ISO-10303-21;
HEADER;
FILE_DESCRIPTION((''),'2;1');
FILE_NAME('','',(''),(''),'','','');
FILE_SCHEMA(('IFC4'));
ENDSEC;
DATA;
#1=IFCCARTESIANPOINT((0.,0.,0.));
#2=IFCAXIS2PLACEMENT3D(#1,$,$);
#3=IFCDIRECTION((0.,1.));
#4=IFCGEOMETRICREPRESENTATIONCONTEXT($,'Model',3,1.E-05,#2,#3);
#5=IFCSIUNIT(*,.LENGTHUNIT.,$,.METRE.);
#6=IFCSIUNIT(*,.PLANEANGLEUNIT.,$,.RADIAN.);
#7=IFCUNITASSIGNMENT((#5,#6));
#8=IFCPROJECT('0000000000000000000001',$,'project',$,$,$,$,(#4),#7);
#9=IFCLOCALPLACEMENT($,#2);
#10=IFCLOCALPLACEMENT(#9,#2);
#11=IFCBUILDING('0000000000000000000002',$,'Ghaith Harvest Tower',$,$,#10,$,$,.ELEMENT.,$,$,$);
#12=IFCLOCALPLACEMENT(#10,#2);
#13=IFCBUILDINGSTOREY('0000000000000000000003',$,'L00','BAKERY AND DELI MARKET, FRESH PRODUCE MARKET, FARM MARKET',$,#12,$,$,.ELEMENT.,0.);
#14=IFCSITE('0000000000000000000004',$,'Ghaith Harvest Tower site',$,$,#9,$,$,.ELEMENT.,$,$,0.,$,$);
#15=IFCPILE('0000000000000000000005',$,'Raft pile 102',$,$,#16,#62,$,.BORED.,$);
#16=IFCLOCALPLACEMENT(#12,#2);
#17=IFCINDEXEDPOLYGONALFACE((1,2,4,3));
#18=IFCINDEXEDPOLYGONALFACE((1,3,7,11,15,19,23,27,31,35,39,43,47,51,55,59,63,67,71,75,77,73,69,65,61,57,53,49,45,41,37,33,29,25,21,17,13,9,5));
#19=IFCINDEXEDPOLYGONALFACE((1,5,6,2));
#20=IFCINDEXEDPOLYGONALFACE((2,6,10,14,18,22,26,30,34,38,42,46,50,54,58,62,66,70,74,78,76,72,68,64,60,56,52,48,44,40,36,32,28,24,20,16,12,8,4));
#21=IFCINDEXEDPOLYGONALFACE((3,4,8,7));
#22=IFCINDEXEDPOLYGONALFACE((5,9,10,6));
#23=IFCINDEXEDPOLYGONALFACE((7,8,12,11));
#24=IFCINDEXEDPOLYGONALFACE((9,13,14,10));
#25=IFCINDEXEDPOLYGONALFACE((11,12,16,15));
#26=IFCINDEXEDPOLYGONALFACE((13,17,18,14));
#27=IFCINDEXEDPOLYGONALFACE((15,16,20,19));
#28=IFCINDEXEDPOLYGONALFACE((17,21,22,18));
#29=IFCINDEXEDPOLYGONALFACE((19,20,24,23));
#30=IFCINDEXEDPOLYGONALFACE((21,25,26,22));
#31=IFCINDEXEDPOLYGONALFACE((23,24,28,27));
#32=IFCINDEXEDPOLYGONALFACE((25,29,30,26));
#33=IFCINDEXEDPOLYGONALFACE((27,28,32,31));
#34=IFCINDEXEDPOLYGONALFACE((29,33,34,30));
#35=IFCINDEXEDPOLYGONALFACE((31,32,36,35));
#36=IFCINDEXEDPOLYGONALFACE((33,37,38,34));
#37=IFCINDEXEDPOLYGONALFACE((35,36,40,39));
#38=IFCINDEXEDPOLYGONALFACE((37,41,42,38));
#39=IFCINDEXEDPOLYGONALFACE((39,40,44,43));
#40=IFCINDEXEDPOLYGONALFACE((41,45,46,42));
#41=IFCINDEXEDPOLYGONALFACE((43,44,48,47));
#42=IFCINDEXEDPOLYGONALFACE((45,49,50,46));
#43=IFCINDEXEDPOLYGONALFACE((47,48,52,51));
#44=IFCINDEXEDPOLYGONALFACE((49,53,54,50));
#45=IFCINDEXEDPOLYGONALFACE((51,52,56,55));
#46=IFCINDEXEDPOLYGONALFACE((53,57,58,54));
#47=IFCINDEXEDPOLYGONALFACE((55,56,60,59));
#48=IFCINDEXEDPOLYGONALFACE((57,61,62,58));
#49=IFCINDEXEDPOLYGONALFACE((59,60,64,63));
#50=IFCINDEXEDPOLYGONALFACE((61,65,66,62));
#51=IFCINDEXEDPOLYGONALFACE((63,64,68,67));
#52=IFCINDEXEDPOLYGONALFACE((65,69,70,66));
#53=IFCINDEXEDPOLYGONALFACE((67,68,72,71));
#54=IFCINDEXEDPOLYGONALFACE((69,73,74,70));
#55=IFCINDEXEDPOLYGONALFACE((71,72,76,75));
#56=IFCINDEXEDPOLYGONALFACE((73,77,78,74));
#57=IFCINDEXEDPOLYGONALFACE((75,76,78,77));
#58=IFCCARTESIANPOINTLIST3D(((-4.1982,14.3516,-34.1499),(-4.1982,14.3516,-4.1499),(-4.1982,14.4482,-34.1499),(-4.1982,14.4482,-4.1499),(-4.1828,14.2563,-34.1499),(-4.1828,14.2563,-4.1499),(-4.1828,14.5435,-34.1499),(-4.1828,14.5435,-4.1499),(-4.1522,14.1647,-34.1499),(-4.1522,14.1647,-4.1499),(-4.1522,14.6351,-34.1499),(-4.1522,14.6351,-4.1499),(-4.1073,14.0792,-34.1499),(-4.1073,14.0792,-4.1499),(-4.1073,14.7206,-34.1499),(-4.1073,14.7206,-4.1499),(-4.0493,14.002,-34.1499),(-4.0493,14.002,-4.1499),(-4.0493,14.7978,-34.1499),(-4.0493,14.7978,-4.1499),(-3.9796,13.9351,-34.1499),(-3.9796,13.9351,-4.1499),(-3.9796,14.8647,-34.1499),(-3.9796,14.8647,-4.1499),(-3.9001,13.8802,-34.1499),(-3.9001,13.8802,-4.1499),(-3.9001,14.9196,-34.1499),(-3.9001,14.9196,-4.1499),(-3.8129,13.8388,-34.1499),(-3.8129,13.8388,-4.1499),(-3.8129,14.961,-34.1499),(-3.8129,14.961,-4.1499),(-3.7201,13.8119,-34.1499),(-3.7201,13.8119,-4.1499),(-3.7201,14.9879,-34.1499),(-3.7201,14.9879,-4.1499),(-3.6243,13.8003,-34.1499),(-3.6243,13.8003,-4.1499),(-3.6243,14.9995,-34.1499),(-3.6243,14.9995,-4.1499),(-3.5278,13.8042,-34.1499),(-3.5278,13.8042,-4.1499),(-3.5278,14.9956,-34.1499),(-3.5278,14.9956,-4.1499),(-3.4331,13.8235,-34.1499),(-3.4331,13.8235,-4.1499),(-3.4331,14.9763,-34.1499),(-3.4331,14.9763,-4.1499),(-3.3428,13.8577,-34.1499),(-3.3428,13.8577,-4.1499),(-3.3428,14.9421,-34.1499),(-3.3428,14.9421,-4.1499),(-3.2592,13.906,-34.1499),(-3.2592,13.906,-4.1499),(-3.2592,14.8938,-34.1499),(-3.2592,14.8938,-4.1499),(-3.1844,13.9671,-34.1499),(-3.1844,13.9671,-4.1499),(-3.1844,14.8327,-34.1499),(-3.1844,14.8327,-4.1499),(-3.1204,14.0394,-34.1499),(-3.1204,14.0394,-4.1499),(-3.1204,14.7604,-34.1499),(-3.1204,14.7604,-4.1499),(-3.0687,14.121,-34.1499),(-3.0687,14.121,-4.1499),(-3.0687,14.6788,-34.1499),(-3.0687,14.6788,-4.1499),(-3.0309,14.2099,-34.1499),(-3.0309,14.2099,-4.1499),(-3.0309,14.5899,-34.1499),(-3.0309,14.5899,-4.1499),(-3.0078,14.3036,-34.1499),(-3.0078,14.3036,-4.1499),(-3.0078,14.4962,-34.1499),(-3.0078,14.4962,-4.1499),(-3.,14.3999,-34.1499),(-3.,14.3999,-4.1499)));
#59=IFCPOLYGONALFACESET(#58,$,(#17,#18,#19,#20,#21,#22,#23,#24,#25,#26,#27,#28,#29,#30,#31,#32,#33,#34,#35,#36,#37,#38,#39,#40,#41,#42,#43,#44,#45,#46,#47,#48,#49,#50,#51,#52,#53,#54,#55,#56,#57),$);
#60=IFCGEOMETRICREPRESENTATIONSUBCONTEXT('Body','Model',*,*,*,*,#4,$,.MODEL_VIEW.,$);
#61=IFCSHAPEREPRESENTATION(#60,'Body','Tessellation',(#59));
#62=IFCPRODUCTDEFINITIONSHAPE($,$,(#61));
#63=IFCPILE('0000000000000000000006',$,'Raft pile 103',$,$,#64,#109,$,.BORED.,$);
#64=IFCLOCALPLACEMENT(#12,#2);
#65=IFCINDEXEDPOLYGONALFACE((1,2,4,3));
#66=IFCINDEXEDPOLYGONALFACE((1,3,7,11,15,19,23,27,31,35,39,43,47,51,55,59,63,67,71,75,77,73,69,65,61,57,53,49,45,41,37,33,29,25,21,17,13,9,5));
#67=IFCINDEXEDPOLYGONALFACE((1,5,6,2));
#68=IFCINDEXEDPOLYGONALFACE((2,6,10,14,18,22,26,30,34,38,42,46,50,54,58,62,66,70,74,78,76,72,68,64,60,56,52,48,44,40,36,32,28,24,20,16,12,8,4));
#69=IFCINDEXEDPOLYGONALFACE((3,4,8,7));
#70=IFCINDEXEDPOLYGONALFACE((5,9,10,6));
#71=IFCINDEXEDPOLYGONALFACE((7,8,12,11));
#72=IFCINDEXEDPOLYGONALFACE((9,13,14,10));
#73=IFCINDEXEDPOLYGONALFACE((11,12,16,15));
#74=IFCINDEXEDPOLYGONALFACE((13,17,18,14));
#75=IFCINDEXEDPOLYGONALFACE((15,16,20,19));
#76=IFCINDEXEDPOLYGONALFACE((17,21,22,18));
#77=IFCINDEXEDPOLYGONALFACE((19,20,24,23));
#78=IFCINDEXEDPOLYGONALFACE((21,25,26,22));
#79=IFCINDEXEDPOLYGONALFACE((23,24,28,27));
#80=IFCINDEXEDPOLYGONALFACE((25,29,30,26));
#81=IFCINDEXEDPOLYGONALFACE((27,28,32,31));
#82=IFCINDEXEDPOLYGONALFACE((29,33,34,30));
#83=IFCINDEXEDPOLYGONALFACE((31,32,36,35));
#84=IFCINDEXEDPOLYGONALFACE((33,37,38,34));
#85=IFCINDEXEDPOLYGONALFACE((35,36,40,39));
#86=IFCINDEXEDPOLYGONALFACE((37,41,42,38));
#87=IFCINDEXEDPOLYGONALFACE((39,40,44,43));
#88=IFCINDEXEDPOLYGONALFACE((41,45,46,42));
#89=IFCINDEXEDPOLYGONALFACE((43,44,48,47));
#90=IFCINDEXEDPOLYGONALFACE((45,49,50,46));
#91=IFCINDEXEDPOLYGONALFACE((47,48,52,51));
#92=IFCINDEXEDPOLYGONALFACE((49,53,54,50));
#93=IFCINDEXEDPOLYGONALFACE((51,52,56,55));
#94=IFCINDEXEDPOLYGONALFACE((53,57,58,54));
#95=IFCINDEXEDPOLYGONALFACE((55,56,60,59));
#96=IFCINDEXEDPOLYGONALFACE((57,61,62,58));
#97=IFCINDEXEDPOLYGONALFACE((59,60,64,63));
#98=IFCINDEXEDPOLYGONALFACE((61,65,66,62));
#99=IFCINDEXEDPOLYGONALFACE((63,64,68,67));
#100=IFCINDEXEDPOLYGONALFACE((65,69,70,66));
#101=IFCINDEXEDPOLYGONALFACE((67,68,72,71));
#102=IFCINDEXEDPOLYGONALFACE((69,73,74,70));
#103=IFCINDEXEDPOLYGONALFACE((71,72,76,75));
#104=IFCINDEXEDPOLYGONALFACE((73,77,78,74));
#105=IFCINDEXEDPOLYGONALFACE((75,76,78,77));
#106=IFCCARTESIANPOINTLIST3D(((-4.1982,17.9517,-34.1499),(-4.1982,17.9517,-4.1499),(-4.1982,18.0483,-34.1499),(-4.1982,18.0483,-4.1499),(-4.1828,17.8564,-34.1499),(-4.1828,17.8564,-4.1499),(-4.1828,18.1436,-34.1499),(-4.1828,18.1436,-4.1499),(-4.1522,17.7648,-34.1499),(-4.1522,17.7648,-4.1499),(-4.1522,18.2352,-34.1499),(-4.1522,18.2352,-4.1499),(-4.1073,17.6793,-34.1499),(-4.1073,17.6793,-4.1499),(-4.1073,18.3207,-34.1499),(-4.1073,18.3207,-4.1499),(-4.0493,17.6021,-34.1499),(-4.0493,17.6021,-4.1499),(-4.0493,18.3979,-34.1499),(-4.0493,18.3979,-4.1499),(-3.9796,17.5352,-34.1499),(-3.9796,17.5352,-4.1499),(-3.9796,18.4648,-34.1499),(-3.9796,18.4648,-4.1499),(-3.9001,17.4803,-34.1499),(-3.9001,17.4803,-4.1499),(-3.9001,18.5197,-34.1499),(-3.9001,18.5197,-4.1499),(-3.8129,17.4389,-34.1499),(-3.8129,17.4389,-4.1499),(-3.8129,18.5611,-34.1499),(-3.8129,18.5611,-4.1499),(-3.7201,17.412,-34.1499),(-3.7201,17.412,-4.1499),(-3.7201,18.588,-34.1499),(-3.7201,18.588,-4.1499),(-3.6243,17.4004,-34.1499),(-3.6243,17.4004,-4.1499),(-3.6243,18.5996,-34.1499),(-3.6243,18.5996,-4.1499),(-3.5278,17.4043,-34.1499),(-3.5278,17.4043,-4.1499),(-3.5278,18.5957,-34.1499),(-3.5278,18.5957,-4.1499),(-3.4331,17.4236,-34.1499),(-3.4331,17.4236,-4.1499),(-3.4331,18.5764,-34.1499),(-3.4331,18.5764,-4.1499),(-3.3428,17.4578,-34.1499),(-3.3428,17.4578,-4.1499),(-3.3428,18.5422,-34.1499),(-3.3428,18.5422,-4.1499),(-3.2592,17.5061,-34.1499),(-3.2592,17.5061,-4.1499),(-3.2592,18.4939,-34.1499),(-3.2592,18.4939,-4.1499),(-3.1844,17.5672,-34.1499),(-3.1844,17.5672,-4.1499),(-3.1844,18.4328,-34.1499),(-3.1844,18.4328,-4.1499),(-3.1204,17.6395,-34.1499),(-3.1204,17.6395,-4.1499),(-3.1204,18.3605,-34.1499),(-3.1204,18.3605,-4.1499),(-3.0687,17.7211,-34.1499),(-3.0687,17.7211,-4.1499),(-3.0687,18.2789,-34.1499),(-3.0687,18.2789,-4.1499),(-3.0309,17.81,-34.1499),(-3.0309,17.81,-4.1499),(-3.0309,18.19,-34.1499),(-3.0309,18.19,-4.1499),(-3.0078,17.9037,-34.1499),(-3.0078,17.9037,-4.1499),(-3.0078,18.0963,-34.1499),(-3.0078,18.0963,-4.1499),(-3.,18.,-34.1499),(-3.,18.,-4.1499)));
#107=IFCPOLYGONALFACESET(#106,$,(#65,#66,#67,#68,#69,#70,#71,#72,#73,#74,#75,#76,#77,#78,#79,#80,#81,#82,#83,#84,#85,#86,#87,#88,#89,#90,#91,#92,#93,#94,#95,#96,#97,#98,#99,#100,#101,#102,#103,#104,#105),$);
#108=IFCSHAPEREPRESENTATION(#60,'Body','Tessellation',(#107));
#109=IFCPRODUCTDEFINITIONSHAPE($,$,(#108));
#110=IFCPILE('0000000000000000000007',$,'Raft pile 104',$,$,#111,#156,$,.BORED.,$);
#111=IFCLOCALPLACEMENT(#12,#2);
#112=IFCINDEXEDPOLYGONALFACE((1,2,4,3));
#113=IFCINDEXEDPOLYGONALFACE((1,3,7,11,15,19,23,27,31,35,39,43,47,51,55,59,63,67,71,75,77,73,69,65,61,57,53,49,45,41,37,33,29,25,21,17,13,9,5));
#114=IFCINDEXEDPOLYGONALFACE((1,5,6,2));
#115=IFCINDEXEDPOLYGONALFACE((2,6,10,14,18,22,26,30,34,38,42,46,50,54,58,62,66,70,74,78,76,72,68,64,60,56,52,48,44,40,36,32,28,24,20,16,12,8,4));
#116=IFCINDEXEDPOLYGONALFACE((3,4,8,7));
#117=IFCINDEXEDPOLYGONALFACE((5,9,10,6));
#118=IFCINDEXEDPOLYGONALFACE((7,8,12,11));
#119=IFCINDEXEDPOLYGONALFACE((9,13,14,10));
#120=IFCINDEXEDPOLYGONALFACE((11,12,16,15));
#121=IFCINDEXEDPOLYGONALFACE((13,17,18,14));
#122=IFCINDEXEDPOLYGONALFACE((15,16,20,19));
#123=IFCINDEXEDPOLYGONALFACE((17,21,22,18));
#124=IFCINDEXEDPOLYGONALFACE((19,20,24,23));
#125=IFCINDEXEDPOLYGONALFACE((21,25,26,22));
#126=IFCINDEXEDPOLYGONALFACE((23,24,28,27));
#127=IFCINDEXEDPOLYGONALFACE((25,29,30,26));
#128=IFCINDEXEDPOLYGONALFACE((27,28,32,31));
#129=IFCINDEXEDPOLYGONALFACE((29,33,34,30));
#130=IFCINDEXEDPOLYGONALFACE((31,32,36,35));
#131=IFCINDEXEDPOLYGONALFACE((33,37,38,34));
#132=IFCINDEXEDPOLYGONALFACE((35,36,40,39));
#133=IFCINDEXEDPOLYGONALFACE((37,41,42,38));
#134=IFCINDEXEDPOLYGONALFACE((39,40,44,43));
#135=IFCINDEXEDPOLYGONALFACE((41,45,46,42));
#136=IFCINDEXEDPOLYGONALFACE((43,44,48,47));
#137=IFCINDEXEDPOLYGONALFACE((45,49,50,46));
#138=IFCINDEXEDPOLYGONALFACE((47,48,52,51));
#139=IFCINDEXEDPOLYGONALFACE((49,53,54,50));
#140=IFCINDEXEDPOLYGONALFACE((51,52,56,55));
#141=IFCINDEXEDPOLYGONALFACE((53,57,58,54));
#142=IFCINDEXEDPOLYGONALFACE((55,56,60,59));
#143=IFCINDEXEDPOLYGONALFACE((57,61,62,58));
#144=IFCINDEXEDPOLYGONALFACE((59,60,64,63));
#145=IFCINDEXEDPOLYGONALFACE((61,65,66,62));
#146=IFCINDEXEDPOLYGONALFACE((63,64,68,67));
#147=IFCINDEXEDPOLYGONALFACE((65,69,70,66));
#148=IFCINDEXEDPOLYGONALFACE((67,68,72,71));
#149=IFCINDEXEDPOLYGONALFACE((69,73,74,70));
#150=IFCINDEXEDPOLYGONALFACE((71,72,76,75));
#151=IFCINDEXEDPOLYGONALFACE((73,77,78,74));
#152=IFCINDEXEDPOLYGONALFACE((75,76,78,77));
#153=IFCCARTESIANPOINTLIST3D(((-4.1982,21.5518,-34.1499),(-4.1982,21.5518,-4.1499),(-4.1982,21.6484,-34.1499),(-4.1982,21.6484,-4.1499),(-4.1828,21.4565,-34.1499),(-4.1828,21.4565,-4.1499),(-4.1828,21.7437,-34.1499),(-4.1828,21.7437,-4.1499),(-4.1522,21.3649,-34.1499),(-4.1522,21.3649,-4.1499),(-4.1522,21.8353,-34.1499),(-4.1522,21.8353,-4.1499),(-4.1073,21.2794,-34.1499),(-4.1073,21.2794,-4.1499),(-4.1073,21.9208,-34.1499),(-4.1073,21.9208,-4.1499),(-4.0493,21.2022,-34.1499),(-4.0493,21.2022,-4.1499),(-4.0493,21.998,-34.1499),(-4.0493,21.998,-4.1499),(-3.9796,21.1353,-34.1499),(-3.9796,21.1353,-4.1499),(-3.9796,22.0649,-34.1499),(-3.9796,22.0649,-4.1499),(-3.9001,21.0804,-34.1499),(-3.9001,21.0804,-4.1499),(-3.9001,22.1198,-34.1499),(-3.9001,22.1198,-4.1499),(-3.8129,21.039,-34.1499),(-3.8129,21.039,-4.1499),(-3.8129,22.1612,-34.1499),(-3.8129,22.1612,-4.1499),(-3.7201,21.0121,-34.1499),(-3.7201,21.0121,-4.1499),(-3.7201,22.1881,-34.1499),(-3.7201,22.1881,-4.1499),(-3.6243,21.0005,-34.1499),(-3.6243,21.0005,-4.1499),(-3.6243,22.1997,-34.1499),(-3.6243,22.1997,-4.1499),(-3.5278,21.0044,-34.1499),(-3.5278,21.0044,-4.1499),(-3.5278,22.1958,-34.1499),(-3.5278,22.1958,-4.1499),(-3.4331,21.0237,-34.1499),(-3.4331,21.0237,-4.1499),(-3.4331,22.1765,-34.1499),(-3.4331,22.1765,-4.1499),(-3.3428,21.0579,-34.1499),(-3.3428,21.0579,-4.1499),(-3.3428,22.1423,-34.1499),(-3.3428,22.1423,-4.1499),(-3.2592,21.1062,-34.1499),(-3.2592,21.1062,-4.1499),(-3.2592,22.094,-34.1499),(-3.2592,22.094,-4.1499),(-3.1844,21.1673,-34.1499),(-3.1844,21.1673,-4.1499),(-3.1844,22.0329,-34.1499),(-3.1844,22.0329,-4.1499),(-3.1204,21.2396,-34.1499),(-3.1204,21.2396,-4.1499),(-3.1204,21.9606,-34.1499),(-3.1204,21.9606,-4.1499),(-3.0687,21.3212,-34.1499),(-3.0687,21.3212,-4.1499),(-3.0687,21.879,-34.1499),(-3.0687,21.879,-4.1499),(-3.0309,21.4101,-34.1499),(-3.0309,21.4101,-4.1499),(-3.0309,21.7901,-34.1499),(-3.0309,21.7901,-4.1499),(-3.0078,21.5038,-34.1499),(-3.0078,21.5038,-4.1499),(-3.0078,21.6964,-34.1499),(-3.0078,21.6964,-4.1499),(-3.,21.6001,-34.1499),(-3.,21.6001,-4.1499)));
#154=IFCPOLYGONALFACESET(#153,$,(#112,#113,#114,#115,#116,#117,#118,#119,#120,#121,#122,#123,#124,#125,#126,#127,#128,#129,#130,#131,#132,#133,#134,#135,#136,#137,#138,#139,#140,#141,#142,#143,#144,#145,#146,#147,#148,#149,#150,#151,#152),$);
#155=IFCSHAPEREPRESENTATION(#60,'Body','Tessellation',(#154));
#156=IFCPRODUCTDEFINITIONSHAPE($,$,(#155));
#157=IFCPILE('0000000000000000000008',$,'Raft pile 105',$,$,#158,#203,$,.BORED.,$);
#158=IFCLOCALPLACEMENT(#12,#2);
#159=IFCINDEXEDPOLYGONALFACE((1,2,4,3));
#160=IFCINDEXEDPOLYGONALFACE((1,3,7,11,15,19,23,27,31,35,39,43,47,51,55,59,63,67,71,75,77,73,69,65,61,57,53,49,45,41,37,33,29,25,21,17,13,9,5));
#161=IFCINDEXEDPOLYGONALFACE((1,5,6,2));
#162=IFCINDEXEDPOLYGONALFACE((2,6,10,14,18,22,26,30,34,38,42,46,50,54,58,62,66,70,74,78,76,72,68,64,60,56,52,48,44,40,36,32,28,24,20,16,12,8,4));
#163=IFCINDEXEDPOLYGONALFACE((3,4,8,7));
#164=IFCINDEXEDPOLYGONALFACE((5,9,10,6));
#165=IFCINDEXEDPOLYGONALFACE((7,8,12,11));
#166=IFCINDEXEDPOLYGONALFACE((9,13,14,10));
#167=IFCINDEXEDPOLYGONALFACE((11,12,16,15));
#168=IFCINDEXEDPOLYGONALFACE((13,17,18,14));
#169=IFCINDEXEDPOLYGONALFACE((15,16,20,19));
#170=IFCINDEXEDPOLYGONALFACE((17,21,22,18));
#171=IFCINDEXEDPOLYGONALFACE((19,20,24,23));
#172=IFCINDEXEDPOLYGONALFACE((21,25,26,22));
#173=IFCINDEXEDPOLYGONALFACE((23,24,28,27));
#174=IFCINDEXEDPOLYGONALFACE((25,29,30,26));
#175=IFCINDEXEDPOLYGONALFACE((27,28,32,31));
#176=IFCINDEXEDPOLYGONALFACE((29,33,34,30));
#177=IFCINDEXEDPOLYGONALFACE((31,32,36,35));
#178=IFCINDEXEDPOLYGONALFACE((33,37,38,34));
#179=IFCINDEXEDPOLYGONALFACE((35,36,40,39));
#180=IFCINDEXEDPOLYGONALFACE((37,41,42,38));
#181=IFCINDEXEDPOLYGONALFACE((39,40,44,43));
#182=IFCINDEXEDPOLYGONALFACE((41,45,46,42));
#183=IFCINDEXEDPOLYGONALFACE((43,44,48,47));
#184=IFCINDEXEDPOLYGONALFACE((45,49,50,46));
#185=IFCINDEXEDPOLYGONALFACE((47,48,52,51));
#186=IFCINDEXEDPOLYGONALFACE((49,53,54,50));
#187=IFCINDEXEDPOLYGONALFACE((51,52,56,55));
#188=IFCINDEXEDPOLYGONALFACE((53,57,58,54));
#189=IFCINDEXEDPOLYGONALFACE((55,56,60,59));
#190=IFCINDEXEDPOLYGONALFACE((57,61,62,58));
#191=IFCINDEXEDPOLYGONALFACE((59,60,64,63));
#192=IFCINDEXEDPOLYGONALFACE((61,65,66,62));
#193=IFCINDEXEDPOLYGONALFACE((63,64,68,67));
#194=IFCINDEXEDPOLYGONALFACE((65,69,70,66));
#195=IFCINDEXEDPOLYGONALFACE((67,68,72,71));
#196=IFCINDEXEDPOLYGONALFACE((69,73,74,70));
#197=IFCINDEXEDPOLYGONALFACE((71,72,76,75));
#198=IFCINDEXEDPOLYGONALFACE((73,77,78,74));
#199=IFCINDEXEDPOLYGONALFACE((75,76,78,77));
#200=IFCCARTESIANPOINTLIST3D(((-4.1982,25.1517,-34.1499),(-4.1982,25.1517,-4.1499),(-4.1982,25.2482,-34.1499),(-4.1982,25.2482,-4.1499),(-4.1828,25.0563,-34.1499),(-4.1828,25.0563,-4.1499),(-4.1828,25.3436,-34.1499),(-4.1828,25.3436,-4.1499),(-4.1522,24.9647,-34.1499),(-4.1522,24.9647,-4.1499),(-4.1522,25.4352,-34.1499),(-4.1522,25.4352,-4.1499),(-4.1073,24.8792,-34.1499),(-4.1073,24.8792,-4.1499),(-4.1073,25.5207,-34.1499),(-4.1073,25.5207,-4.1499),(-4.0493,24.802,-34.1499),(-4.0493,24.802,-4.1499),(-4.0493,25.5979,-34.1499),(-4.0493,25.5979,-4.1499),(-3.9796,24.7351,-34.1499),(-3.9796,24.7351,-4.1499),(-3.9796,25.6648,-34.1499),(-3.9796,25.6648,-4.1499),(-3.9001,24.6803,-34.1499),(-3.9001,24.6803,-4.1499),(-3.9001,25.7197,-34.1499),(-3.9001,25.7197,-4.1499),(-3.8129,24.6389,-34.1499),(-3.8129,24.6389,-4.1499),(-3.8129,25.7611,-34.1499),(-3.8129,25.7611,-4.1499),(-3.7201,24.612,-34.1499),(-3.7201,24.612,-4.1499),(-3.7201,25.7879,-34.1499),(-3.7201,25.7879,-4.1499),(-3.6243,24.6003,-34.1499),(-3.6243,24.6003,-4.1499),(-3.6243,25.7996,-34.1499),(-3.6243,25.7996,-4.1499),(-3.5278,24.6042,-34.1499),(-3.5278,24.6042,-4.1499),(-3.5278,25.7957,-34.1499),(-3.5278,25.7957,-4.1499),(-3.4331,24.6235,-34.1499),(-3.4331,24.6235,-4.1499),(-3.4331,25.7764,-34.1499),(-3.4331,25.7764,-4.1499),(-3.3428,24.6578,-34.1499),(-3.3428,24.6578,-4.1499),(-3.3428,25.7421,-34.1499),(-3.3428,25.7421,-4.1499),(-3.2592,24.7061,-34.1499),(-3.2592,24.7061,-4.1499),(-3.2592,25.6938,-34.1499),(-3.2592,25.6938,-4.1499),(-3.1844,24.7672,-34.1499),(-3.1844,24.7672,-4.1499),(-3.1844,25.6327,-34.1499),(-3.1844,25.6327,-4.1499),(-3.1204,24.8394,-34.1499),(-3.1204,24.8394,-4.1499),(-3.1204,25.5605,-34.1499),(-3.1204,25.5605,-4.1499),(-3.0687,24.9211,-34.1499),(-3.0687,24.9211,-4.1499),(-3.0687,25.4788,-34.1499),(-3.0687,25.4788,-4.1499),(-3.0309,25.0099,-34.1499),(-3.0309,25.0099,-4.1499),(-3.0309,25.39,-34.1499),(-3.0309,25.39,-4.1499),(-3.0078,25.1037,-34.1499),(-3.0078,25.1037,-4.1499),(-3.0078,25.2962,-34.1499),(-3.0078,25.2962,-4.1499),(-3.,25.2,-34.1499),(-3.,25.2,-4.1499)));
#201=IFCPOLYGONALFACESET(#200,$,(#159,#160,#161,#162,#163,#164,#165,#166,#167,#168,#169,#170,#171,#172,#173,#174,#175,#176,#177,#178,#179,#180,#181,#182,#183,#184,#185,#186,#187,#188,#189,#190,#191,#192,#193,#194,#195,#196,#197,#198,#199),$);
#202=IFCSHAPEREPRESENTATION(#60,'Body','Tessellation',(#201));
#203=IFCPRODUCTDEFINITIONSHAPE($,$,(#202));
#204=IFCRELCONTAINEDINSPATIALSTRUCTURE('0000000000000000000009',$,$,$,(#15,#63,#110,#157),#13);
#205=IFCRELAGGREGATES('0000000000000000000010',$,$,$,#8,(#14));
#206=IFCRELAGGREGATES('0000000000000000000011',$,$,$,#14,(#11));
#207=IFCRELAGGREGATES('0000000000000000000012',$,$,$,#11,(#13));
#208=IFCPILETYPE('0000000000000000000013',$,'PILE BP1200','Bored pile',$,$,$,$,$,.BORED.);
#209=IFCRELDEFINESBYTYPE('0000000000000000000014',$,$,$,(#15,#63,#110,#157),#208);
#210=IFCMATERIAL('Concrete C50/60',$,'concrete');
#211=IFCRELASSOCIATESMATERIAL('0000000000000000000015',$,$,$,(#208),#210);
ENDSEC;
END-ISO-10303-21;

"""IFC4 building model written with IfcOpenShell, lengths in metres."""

from ifc_helpers import new_model, si_unit, direction, frame, origin, origin_2d, place, context, subcontext, project, spatial, circle, extrude, material, material_profile, profile_set, type_object, element, save


model = new_model("IFC4")

# Units and contexts
model_context = context("Model", 3, precision=1e-05, world=origin(), true_north=direction((0.0, 1.0)))
body_context = subcontext(model_context, "Body", "Model", "MODEL_VIEW")
ifc_project = project(units=[si_unit("LENGTHUNIT", "METRE"), si_unit("PLANEANGLEUNIT", "RADIAN")], contexts=[model_context])

# Site, building, storey
site_placement = place(None, origin())
site = spatial("IfcSite", under=ifc_project, at=site_placement, Name="Ghaith Harvest Tower site", CompositionType="ELEMENT", RefElevation=0.0)
building_placement = place(site_placement, origin())
building = spatial("IfcBuilding", under=site, at=building_placement, Name="Ghaith Harvest Tower", CompositionType="ELEMENT")
storey_placement = place(building_placement, origin())
storey = spatial("IfcBuildingStorey", under=building, at=storey_placement, Name="L00", Description="BAKERY AND DELI MARKET, FRESH PRODUCE MARKET, FARM MARKET", CompositionType="ELEMENT", Elevation=0.0)

# Piles
ifc_material_1 = material(Name="Concrete C50/60", Category="concrete")
ifc_material_profile_1 = material_profile(ifc_material_1, circle(Radius=0.6001, at=origin_2d()), Name="PILE1200")
ifc_profile_set_1 = profile_set([ifc_material_profile_1], Name="Concrete C50/60")
pile_type = type_object("IfcPileType", Name="PILE BP1200", Description="Bored pile", PredefinedType="BORED", material=ifc_profile_set_1)
for number, where, z_axis, x_axis, name in (
    (1, (-3.6001, 14.3999, -4.1499), (0.0, 0.0, -1.0), (1.0, 0.0, 0.0), "Raft pile 102"),
    (2, (-3.6001, 18.0, -4.1499), (0.0, 0.0, -1.0), (1.0, 0.0, 0.0), "Raft pile 103"),
    (3, (-3.6001, 21.6001, -4.1499), (0.0, 0.0, -1.0), (1.0, 0.0, 0.0), "Raft pile 104"),
    (4, (-3.6001, 25.2, -4.1499), (0.0, 0.0, -1.0), (1.0, 0.0, 0.0), "Raft pile 105"),
):
    element("IfcPile", number, at=place(storey_placement, frame(where, z_axis=z_axis, x_axis=x_axis)), inside=storey, type_object=pile_type, Name=name, PredefinedType="BORED", context=body_context, shape_type="SweptSolid", body=[
        extrude(circle(Radius=0.6001, at=origin_2d()), origin(), (0.0, 0.0, 1.0), 30.0),
    ])

save(model, "model.ifc")
